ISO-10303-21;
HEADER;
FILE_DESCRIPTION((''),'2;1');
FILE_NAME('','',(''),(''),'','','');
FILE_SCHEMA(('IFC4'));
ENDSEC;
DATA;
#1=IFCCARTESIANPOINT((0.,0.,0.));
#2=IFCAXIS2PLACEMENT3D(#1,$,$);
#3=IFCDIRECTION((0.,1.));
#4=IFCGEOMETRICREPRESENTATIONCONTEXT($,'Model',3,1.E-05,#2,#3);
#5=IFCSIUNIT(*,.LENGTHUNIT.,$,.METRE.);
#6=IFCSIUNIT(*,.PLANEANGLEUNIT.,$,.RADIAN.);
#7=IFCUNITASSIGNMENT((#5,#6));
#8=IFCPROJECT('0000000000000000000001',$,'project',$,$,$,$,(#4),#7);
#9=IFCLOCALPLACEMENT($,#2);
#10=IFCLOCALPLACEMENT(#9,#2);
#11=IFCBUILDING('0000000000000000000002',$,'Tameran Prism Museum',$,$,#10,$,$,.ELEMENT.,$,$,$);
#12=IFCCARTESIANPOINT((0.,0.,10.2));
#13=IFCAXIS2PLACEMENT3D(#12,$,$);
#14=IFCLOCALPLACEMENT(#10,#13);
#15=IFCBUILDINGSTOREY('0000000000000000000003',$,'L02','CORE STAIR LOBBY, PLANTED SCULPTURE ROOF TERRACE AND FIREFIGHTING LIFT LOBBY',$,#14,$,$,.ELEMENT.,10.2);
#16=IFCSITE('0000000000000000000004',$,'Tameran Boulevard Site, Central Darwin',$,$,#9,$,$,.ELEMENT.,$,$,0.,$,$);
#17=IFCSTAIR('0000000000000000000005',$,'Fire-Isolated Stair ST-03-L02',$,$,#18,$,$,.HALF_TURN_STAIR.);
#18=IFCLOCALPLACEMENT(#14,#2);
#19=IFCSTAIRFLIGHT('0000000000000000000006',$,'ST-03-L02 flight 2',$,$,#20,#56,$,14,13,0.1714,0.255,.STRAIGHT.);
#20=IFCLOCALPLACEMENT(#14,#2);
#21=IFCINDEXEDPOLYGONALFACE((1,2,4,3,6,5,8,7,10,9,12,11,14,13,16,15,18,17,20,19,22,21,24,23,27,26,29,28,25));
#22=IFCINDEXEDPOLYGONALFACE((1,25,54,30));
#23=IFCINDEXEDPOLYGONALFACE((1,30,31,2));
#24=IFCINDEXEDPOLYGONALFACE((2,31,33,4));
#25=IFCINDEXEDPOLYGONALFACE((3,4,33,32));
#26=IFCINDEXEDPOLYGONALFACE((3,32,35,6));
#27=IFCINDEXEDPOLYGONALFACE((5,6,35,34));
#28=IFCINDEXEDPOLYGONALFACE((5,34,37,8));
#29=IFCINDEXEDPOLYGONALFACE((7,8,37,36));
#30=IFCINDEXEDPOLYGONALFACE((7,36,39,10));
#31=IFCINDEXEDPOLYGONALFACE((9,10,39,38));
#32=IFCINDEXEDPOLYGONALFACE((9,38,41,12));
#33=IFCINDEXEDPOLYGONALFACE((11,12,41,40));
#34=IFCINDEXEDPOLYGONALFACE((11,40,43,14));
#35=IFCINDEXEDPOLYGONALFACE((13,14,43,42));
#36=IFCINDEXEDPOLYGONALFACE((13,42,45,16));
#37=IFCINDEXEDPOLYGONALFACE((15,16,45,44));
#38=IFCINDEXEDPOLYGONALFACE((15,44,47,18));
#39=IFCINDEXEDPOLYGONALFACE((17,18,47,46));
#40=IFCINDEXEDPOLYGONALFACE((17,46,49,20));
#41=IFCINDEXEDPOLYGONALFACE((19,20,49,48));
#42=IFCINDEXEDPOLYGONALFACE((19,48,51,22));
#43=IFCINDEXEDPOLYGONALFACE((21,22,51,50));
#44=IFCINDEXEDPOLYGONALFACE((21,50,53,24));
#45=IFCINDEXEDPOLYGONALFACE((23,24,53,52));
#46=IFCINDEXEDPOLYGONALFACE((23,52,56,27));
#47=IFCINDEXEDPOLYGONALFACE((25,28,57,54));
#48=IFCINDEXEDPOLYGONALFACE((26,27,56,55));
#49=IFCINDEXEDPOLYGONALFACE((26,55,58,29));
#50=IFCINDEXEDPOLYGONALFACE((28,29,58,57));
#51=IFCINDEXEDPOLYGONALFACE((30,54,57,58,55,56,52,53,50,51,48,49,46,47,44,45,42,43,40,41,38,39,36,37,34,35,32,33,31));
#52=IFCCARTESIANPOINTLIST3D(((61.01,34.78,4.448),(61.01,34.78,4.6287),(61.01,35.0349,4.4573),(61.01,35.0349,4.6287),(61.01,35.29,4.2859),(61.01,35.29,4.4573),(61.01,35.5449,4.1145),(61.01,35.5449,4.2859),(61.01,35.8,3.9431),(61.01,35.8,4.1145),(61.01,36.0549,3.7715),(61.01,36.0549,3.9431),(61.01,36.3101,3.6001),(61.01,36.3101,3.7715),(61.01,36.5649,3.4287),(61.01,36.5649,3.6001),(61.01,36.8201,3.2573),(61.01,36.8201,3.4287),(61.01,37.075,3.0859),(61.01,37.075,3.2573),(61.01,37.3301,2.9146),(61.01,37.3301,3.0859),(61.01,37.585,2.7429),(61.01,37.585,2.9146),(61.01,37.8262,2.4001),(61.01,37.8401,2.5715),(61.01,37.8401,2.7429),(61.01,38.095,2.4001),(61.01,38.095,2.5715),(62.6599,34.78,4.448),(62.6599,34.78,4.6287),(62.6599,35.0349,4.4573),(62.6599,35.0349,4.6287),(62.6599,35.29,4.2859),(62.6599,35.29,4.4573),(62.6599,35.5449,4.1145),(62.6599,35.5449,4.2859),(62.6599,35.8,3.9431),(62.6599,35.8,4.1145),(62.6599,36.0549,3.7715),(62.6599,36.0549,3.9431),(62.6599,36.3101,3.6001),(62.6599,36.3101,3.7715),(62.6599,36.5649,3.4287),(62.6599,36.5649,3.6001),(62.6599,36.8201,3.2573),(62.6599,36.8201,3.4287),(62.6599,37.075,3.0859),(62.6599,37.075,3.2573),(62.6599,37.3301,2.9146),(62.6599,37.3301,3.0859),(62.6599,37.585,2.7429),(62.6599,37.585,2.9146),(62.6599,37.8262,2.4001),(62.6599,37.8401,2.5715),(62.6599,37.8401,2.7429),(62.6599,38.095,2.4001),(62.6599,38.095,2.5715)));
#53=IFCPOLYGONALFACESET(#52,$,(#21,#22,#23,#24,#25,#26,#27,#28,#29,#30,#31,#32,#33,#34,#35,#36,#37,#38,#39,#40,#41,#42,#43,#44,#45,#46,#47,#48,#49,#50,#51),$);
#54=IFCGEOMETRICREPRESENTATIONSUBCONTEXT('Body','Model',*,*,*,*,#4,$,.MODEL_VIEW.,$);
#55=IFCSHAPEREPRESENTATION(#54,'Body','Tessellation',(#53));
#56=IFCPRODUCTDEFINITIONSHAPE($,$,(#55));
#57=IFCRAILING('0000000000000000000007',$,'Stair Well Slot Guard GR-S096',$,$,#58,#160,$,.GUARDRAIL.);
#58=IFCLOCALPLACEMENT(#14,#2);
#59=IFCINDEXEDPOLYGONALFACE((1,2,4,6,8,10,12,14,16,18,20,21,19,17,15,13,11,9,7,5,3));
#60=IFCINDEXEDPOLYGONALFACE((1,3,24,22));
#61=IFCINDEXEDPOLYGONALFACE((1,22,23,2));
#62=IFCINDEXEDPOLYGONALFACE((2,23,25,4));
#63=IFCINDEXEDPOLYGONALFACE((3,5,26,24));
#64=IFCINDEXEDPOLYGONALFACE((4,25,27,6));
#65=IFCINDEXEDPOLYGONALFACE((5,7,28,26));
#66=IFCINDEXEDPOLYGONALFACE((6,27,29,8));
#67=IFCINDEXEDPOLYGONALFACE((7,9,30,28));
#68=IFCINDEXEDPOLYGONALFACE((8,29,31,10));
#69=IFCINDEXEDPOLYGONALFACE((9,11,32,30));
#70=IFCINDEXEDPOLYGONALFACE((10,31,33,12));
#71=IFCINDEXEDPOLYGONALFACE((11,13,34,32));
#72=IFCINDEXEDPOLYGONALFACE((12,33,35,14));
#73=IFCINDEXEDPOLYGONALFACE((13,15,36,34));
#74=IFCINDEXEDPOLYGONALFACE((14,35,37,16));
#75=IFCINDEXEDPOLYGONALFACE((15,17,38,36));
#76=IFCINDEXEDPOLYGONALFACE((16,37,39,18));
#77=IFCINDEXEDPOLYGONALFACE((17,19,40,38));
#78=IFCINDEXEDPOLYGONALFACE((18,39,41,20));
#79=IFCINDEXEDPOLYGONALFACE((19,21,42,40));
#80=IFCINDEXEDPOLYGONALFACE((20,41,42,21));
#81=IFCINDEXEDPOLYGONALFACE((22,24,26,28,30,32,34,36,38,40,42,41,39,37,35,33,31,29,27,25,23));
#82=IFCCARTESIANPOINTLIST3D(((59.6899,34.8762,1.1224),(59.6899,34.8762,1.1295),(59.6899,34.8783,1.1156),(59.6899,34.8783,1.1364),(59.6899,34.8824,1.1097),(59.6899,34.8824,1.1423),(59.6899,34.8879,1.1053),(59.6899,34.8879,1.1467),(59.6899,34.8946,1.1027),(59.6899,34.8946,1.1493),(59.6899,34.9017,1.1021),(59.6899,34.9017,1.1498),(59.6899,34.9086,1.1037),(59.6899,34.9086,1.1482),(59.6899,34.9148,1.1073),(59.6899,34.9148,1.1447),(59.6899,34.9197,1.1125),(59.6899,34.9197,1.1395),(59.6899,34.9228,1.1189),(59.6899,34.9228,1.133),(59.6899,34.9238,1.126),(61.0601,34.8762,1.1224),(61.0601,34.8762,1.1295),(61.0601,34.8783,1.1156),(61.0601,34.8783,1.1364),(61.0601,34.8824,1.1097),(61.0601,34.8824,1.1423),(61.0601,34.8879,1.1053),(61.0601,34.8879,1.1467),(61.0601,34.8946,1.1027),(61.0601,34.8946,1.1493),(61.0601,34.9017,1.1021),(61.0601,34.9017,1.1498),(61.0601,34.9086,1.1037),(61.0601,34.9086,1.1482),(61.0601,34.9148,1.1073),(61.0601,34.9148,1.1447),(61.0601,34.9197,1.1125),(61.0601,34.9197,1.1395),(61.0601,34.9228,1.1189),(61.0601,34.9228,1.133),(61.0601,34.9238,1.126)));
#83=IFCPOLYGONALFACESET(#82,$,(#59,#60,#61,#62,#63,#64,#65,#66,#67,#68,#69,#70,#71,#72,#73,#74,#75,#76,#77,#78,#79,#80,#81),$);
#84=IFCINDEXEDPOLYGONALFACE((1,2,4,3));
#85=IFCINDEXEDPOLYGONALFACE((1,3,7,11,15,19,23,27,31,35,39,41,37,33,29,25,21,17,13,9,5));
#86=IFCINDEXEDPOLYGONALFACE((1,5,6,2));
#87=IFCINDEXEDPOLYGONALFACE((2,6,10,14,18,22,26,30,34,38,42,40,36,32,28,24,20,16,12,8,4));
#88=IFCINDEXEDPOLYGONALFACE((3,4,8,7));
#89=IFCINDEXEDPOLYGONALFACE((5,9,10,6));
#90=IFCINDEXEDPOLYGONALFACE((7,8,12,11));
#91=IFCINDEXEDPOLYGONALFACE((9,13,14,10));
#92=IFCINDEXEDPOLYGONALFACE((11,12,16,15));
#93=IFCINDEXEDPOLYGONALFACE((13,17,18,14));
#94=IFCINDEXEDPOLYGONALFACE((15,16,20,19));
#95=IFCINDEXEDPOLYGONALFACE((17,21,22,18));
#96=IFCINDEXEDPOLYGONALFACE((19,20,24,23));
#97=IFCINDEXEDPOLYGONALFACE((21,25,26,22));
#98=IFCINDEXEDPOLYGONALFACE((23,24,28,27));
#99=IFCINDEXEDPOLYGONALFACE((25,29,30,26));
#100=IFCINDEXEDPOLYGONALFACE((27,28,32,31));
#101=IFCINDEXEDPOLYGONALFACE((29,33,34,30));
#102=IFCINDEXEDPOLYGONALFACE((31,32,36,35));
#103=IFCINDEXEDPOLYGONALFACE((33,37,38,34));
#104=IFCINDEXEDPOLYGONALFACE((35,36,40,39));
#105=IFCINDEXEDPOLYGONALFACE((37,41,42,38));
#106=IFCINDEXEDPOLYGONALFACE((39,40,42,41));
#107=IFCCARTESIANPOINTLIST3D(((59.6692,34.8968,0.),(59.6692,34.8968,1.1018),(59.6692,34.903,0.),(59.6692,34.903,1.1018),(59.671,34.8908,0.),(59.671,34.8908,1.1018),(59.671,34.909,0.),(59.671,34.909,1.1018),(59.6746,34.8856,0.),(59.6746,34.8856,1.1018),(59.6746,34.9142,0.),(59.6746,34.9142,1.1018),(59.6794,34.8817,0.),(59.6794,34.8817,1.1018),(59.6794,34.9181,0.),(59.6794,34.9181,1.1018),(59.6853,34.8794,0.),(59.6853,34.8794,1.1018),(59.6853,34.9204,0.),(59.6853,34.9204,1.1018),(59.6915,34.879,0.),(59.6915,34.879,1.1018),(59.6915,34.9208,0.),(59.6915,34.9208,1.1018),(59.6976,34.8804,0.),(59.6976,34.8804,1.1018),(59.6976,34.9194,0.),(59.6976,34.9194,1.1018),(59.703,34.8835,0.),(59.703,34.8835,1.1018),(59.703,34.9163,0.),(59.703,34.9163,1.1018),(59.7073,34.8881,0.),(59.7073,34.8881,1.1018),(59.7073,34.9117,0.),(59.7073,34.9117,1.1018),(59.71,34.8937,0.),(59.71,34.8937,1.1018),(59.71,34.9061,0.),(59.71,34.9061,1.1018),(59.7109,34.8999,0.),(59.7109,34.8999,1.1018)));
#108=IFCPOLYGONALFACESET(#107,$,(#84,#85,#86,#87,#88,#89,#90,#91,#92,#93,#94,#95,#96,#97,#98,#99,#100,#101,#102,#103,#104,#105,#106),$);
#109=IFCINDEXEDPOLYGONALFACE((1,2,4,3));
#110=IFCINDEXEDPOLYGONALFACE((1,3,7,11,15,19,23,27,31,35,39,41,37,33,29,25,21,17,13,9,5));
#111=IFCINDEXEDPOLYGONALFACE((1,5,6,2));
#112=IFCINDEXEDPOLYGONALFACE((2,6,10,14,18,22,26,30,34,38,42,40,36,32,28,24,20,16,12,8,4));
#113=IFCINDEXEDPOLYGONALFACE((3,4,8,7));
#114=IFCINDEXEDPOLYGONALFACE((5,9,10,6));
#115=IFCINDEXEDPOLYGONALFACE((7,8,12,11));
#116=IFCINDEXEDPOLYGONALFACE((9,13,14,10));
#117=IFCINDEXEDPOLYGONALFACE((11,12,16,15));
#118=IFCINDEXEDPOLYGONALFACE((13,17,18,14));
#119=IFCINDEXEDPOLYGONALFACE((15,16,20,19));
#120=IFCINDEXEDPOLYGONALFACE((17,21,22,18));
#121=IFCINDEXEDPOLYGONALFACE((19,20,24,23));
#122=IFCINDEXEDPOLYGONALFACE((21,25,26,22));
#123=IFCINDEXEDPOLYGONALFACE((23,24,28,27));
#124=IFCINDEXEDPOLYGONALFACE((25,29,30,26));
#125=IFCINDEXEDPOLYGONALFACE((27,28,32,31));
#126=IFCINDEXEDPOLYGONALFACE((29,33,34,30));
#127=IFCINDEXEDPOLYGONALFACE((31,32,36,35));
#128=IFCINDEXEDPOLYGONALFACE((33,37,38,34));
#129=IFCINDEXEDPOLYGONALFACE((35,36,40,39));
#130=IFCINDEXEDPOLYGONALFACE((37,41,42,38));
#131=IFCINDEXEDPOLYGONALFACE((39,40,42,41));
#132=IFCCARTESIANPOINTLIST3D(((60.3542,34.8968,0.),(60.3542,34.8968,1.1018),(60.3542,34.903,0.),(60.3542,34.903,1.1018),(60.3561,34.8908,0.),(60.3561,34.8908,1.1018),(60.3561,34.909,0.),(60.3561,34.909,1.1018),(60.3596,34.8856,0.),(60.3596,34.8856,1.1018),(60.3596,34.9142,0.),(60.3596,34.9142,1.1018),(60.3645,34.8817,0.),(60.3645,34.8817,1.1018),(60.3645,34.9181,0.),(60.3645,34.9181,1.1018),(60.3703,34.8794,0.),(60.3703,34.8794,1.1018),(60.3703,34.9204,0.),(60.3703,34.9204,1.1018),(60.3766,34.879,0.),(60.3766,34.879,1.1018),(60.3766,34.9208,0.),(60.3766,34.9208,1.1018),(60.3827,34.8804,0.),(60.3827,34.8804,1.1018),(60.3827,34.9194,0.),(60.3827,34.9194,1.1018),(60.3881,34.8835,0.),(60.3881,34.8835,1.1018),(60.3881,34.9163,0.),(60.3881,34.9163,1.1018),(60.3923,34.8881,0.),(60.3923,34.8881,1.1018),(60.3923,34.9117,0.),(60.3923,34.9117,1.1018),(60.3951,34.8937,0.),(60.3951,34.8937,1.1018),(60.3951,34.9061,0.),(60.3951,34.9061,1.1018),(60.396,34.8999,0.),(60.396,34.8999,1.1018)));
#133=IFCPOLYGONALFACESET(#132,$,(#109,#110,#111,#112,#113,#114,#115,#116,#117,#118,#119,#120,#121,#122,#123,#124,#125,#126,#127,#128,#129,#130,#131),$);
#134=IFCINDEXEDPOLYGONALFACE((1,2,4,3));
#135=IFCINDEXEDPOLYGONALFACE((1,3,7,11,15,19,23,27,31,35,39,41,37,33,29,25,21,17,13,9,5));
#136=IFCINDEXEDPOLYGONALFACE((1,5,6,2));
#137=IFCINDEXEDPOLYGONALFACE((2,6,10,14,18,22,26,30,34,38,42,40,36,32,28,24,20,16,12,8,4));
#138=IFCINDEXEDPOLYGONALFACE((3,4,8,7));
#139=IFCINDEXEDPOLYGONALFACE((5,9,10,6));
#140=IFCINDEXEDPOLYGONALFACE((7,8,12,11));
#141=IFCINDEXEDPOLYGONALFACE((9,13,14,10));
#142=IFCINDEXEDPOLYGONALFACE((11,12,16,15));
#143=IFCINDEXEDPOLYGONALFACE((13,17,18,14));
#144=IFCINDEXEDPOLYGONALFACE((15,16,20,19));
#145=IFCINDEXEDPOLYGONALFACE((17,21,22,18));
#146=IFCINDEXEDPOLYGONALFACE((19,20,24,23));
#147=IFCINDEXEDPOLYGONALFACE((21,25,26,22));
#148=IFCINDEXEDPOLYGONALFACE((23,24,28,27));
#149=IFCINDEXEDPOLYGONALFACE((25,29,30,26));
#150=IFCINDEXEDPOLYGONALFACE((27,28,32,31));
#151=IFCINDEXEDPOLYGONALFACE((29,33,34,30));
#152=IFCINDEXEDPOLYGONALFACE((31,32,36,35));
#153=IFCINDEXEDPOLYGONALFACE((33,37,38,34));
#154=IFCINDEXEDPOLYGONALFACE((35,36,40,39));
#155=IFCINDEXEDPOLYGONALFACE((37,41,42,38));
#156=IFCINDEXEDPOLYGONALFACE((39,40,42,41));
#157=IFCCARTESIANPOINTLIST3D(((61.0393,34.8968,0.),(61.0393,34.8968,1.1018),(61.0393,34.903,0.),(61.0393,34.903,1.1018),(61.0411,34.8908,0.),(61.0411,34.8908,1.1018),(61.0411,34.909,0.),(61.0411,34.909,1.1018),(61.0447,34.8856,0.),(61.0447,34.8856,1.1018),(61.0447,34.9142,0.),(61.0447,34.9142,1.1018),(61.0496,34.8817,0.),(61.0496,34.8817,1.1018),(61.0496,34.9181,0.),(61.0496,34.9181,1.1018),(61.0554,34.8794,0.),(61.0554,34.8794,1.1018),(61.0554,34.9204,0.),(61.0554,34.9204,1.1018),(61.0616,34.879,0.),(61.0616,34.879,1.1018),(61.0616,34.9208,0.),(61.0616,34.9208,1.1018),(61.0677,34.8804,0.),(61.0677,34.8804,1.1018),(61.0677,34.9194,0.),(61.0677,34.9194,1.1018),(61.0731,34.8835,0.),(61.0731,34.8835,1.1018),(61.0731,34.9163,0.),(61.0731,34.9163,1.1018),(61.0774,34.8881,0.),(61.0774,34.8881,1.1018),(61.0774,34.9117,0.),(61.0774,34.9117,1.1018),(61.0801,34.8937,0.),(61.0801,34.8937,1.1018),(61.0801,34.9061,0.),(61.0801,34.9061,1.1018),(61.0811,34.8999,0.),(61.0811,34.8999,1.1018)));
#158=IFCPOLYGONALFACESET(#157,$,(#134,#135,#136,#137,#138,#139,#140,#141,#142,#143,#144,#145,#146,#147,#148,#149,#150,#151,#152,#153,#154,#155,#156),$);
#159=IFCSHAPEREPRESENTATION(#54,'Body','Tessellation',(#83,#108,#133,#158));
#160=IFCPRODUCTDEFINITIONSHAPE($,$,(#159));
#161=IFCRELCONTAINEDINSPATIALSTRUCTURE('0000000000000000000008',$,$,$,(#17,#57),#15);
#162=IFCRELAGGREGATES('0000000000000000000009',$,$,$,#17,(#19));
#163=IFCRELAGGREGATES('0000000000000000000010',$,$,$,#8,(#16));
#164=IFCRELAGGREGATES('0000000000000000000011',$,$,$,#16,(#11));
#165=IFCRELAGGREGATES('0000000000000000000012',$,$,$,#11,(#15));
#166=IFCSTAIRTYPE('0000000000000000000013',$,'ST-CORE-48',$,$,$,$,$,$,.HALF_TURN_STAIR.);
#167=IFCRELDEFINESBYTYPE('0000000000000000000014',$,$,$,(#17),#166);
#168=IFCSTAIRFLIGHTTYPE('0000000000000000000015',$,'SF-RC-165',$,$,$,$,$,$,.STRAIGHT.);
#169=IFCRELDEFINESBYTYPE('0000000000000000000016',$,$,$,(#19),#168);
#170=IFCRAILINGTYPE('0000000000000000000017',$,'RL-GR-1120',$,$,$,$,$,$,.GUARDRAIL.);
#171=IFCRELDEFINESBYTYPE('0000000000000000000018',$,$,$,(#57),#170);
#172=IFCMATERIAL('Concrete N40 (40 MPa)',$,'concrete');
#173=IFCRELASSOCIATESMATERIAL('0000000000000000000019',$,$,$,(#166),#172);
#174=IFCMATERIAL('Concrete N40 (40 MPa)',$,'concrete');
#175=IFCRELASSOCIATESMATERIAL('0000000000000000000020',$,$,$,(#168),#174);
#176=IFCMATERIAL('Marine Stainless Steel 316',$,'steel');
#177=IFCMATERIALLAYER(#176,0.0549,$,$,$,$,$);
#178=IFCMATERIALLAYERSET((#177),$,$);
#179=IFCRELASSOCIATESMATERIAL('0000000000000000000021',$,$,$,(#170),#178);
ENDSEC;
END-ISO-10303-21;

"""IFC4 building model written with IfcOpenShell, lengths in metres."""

from ifc_helpers import new_model, si_unit, direction, frame, origin, origin_2d, place, context, subcontext, project, spatial, polyline, circle, outline, extrude, material, layer, layer_set, type_object, element, aggregate, save


model = new_model("IFC4")

# Units and contexts
model_context = context("Model", 3, precision=1e-05, world=origin(), true_north=direction((0.0, 1.0)))
body_context = subcontext(model_context, "Body", "Model", "MODEL_VIEW")
ifc_project = project(units=[si_unit("LENGTHUNIT", "METRE"), si_unit("PLANEANGLEUNIT", "RADIAN")], contexts=[model_context])

# Site, building, storey
site_placement = place(None, origin())
site = spatial("IfcSite", under=ifc_project, at=site_placement, Name="Tameran Boulevard Site, Central Darwin", CompositionType="ELEMENT", RefElevation=0.0)
building_placement = place(site_placement, origin())
building = spatial("IfcBuilding", under=site, at=building_placement, Name="Tameran Prism Museum", CompositionType="ELEMENT")
storey_placement = place(building_placement, frame((0.0, 0.0, 10.2)))
storey = spatial("IfcBuildingStorey", under=building, at=storey_placement, Name="L02", Description="CORE STAIR LOBBY, PLANTED SCULPTURE ROOF TERRACE AND FIREFIGHTING LIFT LOBBY", CompositionType="ELEMENT", Elevation=10.2)

# Stair, stair flight
ifc_material_1 = material(Name="Concrete N40 (40 MPa)", Category="concrete")
stair_type = type_object("IfcStairType", Name="ST-CORE-48", PredefinedType="HALF_TURN_STAIR", material=ifc_material_1)
stair_placement = place(storey_placement, origin())
stair = element("IfcStair", 1, at=stair_placement, inside=storey, type_object=stair_type, Name="Fire-Isolated Stair ST-03-L02", PredefinedType="HALF_TURN_STAIR")
ifc_material_2 = material(Name="Concrete N40 (40 MPa)", Category="concrete")
stair_flight_type = type_object("IfcStairFlightType", Name="SF-RC-165", PredefinedType="STRAIGHT", material=ifc_material_2)
stair_flight_1_placement = place(storey_placement, frame((61.835, 38.095, 2.4001), z_axis=(0.0, 0.0, 1.0), x_axis=(0.0, -1.0, 0.0)))
stair_flight_1 = element("IfcStairFlight", 2, at=stair_flight_1_placement, type_object=stair_flight_type, Name="ST-03-L02 flight 2", NumberOfRisers=14, NumberOfTreads=13, PredefinedType="STRAIGHT", RiserHeight=0.1714, TreadLength=0.255, context=body_context, shape_type="SweptSolid", body=[
    extrude(outline(polyline([(0.0, 0.0), (0.0, 0.1714), (0.2549, 0.1714), (0.2549, 0.3428), (0.51, 0.3428), (0.51, 0.5144), (0.7649, 0.5144), (0.7649, 0.6858), (1.02, 0.6858), (1.02, 0.8572), (1.2749, 0.8572), (1.2749, 1.0286), (1.53, 1.0286), (1.53, 1.2), (1.7849, 1.2), (1.7849, 1.3713), (2.04, 1.3713), (2.04, 1.543), (2.2949, 1.543), (2.2949, 1.7144), (2.55, 1.7144), (2.55, 1.8857), (2.8049, 1.8857), (2.8049, 2.0571), (3.0601, 2.0571), (3.0601, 2.2285), (3.3149, 2.2285), (3.3149, 2.3999), (3.3149, 2.0479), (0.2688, 0.0), (0.0, 0.0)])), frame((0.0, 0.825, 0.0), z_axis=(0.0, -1.0, 0.0), x_axis=(1.0, 0.0, 0.0)), (0.0, 0.0, 1.0), 1.6499),
])
aggregate(stair, [stair_flight_1])

# Railing
ifc_material_3 = material(Name="Marine Stainless Steel 316", Category="steel")
ifc_layer_1 = layer(ifc_material_3, 0.0549)
ifc_layer_set_1 = layer_set([ifc_layer_1])
railing_type_1 = type_object("IfcRailingType", Name="RL-GR-1120", PredefinedType="GUARDRAIL", material=ifc_layer_set_1)
railing_1_placement = place(storey_placement, frame((59.6899, 34.8999, 0.0)))
element("IfcRailing", 3, at=railing_1_placement, inside=storey, type_object=railing_type_1, Name="Stair Well Slot Guard GR-S096", PredefinedType="GUARDRAIL", context=body_context, shape_type="SweptSolid", body=[
    extrude(circle(Radius=0.0239, at=origin_2d()), frame((0.0, 0.0, 1.126), z_axis=(1.0, 0.0, 0.0), x_axis=(0.0, 1.0, 0.0)), (0.0, 0.0, 1.0), 1.3701),
    extrude(circle(Radius=0.021, at=origin_2d()), origin(), (0.0, 0.0, 1.0), 1.1018),
    extrude(circle(Radius=0.021, at=origin_2d()), frame((0.6851, 0.0, 0.0)), (0.0, 0.0, 1.0), 1.1018),
    extrude(circle(Radius=0.021, at=origin_2d()), frame((1.3701, 0.0, 0.0)), (0.0, 0.0, 1.0), 1.1018),
])

save(model, "model.ifc")
